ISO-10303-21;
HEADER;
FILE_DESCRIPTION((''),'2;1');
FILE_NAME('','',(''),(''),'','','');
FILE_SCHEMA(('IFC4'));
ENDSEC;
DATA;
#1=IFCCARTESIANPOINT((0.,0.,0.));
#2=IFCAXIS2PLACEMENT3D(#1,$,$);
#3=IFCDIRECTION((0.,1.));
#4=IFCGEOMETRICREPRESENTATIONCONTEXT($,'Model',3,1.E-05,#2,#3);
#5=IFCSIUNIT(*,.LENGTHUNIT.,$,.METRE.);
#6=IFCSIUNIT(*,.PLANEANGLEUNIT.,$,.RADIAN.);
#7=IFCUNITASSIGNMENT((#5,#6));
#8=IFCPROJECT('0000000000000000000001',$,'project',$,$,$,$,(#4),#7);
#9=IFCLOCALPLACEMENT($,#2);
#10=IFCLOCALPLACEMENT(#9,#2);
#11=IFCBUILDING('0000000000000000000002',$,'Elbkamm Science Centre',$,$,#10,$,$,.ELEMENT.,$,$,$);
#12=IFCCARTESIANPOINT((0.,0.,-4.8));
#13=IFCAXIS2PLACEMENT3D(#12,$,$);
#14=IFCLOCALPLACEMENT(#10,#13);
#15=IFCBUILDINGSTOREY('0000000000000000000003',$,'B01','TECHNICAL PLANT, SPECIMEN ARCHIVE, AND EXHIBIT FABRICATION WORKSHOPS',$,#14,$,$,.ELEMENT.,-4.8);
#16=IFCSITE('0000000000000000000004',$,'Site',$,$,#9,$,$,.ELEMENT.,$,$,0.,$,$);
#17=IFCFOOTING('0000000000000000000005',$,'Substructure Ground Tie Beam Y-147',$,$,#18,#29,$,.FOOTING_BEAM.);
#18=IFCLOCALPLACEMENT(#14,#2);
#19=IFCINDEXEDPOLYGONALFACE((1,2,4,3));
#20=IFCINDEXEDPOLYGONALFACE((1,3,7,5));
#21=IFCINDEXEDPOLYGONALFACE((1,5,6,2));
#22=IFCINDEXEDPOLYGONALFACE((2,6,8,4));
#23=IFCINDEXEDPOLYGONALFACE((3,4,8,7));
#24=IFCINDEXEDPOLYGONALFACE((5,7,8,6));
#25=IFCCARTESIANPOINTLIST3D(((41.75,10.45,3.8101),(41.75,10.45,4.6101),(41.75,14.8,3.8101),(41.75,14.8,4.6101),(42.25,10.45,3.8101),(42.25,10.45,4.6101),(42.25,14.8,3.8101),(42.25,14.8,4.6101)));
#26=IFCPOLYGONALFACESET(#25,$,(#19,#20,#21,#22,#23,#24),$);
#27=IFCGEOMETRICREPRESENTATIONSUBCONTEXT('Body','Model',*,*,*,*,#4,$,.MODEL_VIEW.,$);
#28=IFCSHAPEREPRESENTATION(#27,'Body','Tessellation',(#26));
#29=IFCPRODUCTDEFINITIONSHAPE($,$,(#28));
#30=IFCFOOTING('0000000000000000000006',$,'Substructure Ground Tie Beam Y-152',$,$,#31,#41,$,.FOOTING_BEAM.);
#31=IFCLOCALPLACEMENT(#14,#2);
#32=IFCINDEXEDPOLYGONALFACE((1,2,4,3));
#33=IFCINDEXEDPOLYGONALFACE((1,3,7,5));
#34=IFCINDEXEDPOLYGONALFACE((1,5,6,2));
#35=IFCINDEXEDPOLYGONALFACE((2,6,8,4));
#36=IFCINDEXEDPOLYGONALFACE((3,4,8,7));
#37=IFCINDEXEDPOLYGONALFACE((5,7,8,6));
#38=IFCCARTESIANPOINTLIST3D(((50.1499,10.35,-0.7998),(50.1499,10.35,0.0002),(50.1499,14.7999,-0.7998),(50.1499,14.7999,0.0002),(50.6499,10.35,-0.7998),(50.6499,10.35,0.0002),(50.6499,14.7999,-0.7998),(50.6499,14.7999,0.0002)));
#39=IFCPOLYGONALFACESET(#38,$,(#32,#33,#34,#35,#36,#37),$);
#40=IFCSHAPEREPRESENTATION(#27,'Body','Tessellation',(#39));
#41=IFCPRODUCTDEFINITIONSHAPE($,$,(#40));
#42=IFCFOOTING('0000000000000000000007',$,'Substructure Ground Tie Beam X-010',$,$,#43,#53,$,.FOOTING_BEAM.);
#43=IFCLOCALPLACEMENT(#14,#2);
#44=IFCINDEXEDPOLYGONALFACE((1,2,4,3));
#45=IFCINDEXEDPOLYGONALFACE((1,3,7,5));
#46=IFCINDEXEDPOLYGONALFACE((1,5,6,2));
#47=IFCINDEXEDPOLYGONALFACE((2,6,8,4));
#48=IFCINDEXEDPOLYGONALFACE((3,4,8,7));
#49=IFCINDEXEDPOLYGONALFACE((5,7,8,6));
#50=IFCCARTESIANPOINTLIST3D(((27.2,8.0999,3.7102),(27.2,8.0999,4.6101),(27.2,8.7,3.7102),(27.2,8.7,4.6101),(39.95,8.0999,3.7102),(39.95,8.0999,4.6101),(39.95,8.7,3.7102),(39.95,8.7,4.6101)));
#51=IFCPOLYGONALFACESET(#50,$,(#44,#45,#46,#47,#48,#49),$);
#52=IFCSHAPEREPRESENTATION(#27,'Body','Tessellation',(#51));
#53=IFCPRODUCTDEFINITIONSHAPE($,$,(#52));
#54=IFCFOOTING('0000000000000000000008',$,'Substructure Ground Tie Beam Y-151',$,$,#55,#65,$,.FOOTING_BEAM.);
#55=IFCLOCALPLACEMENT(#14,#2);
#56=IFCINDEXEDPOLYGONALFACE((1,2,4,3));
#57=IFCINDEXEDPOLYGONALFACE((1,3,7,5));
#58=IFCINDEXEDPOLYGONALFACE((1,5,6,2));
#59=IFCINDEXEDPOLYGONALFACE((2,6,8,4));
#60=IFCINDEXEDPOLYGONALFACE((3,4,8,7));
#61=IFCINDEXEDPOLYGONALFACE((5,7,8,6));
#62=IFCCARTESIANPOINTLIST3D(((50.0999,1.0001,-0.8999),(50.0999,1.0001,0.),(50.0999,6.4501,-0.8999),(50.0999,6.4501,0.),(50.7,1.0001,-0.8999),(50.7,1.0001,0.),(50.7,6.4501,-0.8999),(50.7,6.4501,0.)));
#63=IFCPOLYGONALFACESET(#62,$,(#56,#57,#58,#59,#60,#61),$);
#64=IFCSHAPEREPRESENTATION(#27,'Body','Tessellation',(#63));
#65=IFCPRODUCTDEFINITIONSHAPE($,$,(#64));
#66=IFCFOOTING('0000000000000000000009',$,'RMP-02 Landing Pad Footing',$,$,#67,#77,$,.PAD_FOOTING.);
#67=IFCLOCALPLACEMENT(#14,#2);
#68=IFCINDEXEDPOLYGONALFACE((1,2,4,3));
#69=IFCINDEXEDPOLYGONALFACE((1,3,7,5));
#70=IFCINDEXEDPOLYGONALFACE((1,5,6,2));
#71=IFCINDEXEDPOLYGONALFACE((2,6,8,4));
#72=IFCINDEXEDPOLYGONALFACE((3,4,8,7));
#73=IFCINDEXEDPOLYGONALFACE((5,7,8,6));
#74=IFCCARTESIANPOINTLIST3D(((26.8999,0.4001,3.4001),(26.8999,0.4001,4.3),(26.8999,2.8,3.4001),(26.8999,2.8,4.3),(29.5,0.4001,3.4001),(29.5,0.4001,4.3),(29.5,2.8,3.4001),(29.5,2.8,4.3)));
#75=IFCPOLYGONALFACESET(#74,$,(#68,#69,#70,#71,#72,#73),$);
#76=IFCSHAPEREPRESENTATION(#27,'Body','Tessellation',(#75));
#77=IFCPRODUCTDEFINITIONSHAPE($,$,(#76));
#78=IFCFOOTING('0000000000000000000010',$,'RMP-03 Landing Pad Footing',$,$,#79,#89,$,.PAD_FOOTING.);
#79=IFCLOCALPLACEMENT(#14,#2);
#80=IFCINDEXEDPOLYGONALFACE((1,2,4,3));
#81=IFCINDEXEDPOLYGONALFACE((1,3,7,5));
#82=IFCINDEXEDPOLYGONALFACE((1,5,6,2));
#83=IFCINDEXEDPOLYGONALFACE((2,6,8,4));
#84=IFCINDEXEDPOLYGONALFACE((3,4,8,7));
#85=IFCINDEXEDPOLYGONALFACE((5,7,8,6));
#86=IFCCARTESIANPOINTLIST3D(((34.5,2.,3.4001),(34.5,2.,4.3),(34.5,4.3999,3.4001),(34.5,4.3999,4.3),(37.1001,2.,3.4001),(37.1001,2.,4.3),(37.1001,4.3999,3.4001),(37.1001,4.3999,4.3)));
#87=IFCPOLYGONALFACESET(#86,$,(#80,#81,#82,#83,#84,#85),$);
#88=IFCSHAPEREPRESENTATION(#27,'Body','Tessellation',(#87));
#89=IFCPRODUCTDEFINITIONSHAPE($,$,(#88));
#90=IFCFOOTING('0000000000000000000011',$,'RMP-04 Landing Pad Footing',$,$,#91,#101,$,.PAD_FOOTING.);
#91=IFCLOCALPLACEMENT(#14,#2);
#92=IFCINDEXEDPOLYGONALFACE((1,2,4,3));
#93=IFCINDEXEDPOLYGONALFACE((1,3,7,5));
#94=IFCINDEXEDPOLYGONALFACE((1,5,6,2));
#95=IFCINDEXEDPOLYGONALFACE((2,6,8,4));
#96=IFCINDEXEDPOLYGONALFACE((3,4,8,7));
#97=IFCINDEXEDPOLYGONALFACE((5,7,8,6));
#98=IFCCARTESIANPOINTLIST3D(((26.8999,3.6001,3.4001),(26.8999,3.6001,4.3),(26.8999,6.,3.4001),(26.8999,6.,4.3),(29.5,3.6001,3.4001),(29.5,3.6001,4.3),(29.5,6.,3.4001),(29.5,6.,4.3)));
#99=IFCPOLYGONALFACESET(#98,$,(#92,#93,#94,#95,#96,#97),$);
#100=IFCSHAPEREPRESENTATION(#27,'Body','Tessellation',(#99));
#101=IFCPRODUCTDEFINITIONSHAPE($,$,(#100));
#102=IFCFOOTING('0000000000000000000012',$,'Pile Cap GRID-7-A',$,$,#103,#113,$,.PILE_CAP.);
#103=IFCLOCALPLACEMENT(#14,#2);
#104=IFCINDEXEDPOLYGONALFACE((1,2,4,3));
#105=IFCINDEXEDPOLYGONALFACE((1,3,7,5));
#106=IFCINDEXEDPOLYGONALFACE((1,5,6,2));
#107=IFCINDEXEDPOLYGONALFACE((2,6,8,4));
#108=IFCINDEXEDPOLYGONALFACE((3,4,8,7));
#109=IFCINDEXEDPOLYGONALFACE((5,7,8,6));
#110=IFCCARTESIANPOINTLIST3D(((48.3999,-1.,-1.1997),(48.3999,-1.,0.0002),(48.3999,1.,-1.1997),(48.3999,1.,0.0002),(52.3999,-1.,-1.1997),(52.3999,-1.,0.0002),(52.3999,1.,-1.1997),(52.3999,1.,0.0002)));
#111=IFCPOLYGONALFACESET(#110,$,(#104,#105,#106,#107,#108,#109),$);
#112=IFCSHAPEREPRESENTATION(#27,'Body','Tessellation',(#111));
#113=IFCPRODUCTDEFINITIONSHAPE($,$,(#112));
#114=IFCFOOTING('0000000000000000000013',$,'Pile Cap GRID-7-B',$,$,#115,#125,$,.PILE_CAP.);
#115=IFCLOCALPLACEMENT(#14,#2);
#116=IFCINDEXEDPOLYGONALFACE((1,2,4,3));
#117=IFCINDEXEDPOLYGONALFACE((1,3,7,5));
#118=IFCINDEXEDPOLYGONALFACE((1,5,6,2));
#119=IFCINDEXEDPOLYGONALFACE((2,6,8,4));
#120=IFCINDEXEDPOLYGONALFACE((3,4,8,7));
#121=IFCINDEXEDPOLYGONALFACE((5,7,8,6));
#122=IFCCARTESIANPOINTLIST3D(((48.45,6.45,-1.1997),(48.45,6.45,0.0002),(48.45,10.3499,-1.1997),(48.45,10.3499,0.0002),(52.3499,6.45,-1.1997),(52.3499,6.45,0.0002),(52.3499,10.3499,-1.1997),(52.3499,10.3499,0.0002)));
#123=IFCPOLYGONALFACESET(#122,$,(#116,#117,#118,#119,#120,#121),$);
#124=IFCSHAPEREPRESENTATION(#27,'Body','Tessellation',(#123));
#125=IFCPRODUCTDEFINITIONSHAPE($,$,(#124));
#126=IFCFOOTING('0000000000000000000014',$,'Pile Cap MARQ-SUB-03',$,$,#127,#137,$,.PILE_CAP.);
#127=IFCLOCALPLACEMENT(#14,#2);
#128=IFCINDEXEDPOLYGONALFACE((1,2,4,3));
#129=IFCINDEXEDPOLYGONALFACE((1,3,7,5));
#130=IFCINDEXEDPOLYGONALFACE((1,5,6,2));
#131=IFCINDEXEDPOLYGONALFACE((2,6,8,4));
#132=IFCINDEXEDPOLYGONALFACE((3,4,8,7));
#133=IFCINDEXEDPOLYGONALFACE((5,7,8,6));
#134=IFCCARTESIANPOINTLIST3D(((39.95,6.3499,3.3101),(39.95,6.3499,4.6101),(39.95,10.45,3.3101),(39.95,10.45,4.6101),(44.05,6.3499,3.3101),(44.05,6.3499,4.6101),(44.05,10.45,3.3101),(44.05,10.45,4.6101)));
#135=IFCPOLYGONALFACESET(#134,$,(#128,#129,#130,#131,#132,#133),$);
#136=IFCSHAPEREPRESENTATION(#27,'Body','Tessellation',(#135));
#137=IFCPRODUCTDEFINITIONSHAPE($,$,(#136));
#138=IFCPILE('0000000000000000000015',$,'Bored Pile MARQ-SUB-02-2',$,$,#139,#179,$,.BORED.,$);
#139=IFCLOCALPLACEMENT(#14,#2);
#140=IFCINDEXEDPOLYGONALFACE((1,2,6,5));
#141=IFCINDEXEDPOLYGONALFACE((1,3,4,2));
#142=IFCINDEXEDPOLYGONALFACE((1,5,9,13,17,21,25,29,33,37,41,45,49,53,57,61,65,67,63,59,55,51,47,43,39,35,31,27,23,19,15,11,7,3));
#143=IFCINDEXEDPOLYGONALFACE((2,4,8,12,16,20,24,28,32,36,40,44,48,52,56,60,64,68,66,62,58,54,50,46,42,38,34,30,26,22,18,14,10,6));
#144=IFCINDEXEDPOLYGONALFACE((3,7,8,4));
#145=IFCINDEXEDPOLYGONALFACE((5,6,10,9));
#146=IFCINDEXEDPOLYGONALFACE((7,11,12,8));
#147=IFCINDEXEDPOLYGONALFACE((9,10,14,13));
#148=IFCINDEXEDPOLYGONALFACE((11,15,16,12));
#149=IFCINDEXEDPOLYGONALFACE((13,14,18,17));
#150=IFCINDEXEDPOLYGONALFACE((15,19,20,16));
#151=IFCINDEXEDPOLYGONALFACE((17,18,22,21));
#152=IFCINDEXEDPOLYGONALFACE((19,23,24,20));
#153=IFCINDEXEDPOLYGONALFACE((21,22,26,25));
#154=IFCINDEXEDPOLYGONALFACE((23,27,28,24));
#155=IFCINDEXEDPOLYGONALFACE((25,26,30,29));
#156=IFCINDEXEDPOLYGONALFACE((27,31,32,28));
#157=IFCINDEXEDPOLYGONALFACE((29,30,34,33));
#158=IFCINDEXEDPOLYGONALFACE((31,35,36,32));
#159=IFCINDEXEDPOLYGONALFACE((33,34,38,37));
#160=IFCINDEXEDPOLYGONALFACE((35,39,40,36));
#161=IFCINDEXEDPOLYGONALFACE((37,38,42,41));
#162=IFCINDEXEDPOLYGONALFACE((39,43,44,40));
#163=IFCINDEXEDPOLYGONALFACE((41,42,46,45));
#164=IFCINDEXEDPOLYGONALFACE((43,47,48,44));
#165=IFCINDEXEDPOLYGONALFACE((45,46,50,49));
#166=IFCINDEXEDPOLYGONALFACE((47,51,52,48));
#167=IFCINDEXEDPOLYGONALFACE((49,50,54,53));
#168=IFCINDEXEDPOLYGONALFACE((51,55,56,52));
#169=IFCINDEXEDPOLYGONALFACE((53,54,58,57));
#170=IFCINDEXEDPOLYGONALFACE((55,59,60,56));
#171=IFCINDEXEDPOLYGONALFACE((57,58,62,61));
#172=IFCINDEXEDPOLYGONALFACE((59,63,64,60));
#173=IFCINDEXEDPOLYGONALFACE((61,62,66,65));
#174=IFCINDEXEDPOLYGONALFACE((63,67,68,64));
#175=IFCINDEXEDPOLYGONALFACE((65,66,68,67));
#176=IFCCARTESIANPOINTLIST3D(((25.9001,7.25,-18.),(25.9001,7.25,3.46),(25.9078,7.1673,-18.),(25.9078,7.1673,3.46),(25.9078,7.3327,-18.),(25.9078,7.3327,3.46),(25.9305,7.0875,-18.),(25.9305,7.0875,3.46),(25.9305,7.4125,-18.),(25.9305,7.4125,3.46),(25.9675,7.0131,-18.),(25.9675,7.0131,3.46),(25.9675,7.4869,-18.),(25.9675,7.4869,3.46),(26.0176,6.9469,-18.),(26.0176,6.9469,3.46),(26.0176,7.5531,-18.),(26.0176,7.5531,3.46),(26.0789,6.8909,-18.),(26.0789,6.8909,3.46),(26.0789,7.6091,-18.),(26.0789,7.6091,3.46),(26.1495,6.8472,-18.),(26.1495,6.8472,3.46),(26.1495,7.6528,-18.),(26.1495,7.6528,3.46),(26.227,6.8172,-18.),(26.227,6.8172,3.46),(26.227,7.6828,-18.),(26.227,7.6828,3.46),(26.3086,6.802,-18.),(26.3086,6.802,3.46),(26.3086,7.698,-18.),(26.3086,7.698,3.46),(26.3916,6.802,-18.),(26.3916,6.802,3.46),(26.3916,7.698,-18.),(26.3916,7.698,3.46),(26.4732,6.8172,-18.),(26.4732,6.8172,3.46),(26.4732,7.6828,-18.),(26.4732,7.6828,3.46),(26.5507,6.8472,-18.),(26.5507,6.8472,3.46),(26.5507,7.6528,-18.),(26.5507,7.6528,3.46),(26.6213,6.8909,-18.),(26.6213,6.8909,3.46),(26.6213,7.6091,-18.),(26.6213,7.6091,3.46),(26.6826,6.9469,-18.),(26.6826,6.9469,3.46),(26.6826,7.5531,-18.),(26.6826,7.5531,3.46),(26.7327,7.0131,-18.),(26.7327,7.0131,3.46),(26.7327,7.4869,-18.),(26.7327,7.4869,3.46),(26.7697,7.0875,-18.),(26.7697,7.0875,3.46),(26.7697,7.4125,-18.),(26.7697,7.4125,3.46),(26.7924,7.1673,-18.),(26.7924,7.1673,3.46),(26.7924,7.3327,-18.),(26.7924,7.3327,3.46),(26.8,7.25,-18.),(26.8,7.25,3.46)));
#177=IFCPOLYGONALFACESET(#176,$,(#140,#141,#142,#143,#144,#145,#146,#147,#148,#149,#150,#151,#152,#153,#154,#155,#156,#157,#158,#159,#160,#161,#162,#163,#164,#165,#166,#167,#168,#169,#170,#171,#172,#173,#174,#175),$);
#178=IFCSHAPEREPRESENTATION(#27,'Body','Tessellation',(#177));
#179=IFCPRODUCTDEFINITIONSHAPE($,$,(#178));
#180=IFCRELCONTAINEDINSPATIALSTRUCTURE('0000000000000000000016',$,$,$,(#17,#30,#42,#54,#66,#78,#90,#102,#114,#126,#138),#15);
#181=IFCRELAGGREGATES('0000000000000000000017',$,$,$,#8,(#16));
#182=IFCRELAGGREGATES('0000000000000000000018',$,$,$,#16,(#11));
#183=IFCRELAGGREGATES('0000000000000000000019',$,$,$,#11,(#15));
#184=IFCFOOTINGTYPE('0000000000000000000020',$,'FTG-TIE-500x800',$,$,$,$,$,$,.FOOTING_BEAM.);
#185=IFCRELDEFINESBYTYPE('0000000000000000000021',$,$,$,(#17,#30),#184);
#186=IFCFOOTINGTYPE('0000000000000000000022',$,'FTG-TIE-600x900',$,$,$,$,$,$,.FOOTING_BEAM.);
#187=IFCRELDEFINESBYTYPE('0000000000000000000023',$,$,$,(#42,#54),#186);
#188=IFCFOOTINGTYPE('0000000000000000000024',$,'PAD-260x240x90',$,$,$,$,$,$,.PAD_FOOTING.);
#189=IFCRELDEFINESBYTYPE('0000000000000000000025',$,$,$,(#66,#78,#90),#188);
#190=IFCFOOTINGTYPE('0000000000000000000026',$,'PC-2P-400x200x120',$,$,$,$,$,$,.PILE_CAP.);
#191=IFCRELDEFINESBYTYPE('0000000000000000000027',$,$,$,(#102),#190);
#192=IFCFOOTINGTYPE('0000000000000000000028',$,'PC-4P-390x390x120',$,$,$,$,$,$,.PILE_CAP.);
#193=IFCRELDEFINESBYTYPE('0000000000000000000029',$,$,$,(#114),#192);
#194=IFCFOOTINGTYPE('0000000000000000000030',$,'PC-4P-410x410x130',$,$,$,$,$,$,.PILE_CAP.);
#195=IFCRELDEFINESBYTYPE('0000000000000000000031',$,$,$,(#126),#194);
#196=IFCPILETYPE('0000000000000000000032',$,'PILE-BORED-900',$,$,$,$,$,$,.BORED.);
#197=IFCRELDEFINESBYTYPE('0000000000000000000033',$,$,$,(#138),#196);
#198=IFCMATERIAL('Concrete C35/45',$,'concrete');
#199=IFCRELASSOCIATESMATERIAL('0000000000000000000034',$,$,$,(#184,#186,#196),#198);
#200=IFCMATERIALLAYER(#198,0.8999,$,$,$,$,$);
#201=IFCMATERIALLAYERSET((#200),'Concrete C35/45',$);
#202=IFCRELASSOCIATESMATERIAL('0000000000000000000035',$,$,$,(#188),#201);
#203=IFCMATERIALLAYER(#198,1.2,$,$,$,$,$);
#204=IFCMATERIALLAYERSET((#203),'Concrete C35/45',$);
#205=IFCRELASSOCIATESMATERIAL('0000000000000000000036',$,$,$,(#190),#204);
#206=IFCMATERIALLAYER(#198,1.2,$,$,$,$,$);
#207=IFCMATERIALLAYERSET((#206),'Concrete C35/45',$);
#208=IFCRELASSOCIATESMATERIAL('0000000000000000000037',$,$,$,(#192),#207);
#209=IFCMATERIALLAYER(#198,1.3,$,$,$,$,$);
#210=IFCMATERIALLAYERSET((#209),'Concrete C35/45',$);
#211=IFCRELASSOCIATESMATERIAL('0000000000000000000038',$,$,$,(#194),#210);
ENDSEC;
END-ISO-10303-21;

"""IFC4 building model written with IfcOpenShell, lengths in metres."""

from ifc_helpers import new_model, si_unit, direction, frame, origin, origin_2d, place, context, subcontext, project, spatial, rectangle, circle, extrude, material, layer, layer_set, material_profile, profile_set, type_object, element, save


model = new_model("IFC4")

# Units and contexts
model_context = context("Model", 3, precision=1e-05, world=origin(), true_north=direction((0.0, 1.0)))
body_context = subcontext(model_context, "Body", "Model", "MODEL_VIEW")
ifc_project = project(units=[si_unit("LENGTHUNIT", "METRE"), si_unit("PLANEANGLEUNIT", "RADIAN")], contexts=[model_context])

# Site, building, storey
site_placement = place(None, origin())
site = spatial("IfcSite", under=ifc_project, at=site_placement, Name="Site", CompositionType="ELEMENT", RefElevation=0.0)
building_placement = place(site_placement, origin())
building = spatial("IfcBuilding", under=site, at=building_placement, Name="Elbkamm Science Centre", CompositionType="ELEMENT")
storey_placement = place(building_placement, frame((0.0, 0.0, -4.8)))
storey = spatial("IfcBuildingStorey", under=building, at=storey_placement, Name="B01", Description="TECHNICAL PLANT, SPECIMEN ARCHIVE, AND EXHIBIT FABRICATION WORKSHOPS", CompositionType="ELEMENT", Elevation=-4.8)

# Footings
ifc_material_1 = material(Name="Concrete C35/45", Category="concrete")
footing_type_1 = type_object("IfcFootingType", Name="FTG-TIE-500x800", PredefinedType="FOOTING_BEAM", material=ifc_material_1)
footing_1_placement = place(storey_placement, frame((42.0, 12.625, 3.8101), z_axis=(0.0, 0.0, 1.0), x_axis=(1.0, 0.0, 0.0)))
element("IfcFooting", 1, at=footing_1_placement, inside=storey, type_object=footing_type_1, Name="Substructure Ground Tie Beam Y-147", PredefinedType="FOOTING_BEAM", context=body_context, shape_type="SweptSolid", body=[
    extrude(rectangle(XDim=0.5, YDim=4.3501, at=origin_2d()), origin(), (0.0, 0.0, 1.0), 0.8),
])
footing_2_placement = place(storey_placement, frame((50.3999, 12.575, -0.7998), z_axis=(0.0, 0.0, 1.0), x_axis=(1.0, 0.0, 0.0)))
element("IfcFooting", 2, at=footing_2_placement, inside=storey, type_object=footing_type_1, Name="Substructure Ground Tie Beam Y-152", PredefinedType="FOOTING_BEAM", context=body_context, shape_type="SweptSolid", body=[
    extrude(rectangle(XDim=0.5, YDim=4.45, at=origin_2d()), origin(), (0.0, 0.0, 1.0), 0.8),
])
footing_type_2 = type_object("IfcFootingType", Name="FTG-TIE-600x900", PredefinedType="FOOTING_BEAM", material=ifc_material_1)
footing_3_placement = place(storey_placement, frame((33.575, 8.3999, 3.7102), z_axis=(0.0, 0.0, 1.0), x_axis=(1.0, 0.0, 0.0)))
element("IfcFooting", 3, at=footing_3_placement, inside=storey, type_object=footing_type_2, Name="Substructure Ground Tie Beam X-010", PredefinedType="FOOTING_BEAM", context=body_context, shape_type="SweptSolid", body=[
    extrude(rectangle(XDim=12.75, YDim=0.6001, at=origin_2d()), origin(), (0.0, 0.0, 1.0), 0.8999),
])
footing_4_placement = place(storey_placement, frame((50.3999, 3.7251, -0.8999), z_axis=(0.0, 0.0, 1.0), x_axis=(1.0, 0.0, 0.0)))
element("IfcFooting", 4, at=footing_4_placement, inside=storey, type_object=footing_type_2, Name="Substructure Ground Tie Beam Y-151", PredefinedType="FOOTING_BEAM", context=body_context, shape_type="SweptSolid", body=[
    extrude(rectangle(XDim=0.6001, YDim=5.45, at=origin_2d()), origin(), (0.0, 0.0, 1.0), 0.8999),
])
ifc_layer_1 = layer(ifc_material_1, 0.8999)
ifc_layer_set_1 = layer_set([ifc_layer_1], Name="Concrete C35/45")
footing_type_3 = type_object("IfcFootingType", Name="PAD-260x240x90", PredefinedType="PAD_FOOTING", material=ifc_layer_set_1)
for number, where, z_axis, x_axis, name in (
    (5, (28.2, 1.6001, 3.4001), (0.0, 0.0, 1.0), (1.0, 0.0, 0.0), "RMP-02 Landing Pad Footing"),
    (6, (35.8, 3.2, 3.4001), (0.0, 0.0, 1.0), (1.0, 0.0, 0.0), "RMP-03 Landing Pad Footing"),
    (7, (28.2, 4.8, 3.4001), (0.0, 0.0, 1.0), (1.0, 0.0, 0.0), "RMP-04 Landing Pad Footing"),
):
    element("IfcFooting", number, at=place(storey_placement, frame(where, z_axis=z_axis, x_axis=x_axis)), inside=storey, type_object=footing_type_3, Name=name, PredefinedType="PAD_FOOTING", context=body_context, shape_type="SweptSolid", body=[
        extrude(rectangle(XDim=2.6001, YDim=2.3999, at=origin_2d()), origin(), (0.0, 0.0, 1.0), 0.8999),
    ])
ifc_layer_2 = layer(ifc_material_1, 1.2)
ifc_layer_set_2 = layer_set([ifc_layer_2], Name="Concrete C35/45")
footing_type_4 = type_object("IfcFootingType", Name="PC-2P-400x200x120", PredefinedType="PILE_CAP", material=ifc_layer_set_2)
footing_5_placement = place(storey_placement, frame((50.3999, 0.0, -1.1997), z_axis=(0.0, 0.0, 1.0), x_axis=(1.0, 0.0, 0.0)))
element("IfcFooting", 8, at=footing_5_placement, inside=storey, type_object=footing_type_4, Name="Pile Cap GRID-7-A", PredefinedType="PILE_CAP", context=body_context, shape_type="SweptSolid", body=[
    extrude(rectangle(XDim=4.0, YDim=2.0, at=origin_2d()), origin(), (0.0, 0.0, 1.0), 1.2),
])
ifc_layer_3 = layer(ifc_material_1, 1.2)
ifc_layer_set_3 = layer_set([ifc_layer_3], Name="Concrete C35/45")
footing_type_5 = type_object("IfcFootingType", Name="PC-4P-390x390x120", PredefinedType="PILE_CAP", material=ifc_layer_set_3)
footing_6_placement = place(storey_placement, frame((50.3999, 8.3999, -1.1997), z_axis=(0.0, 0.0, 1.0), x_axis=(1.0, 0.0, 0.0)))
element("IfcFooting", 9, at=footing_6_placement, inside=storey, type_object=footing_type_5, Name="Pile Cap GRID-7-B", PredefinedType="PILE_CAP", context=body_context, shape_type="SweptSolid", body=[
    extrude(rectangle(XDim=3.8999, YDim=3.8999, at=origin_2d()), origin(), (0.0, 0.0, 1.0), 1.2),
])
ifc_layer_4 = layer(ifc_material_1, 1.3)
ifc_layer_set_4 = layer_set([ifc_layer_4], Name="Concrete C35/45")
footing_type_6 = type_object("IfcFootingType", Name="PC-4P-410x410x130", PredefinedType="PILE_CAP", material=ifc_layer_set_4)
footing_7_placement = place(storey_placement, frame((42.0, 8.3999, 3.3101), z_axis=(0.0, 0.0, 1.0), x_axis=(1.0, 0.0, 0.0)))
element("IfcFooting", 10, at=footing_7_placement, inside=storey, type_object=footing_type_6, Name="Pile Cap MARQ-SUB-03", PredefinedType="PILE_CAP", context=body_context, shape_type="SweptSolid", body=[
    extrude(rectangle(XDim=4.1001, YDim=4.1001, at=origin_2d()), origin(), (0.0, 0.0, 1.0), 1.3),
])

# Pile
ifc_material_profile_1 = material_profile(ifc_material_1, circle(Radius=0.45, at=origin_2d()), Name="PILE D900")
ifc_profile_set_1 = profile_set([ifc_material_profile_1], Name="Concrete C35/45")
pile_type = type_object("IfcPileType", Name="PILE-BORED-900", PredefinedType="BORED", material=ifc_profile_set_1)
for number, where, z_axis, x_axis, name in (
    (11, (26.3501, 7.25, 3.46), (0.0, 0.0, -1.0), (1.0, 0.0, 0.0), "Bored Pile MARQ-SUB-02-2"),
):
    element("IfcPile", number, at=place(storey_placement, frame(where, z_axis=z_axis, x_axis=x_axis)), inside=storey, type_object=pile_type, Name=name, PredefinedType="BORED", context=body_context, shape_type="SweptSolid", body=[
        extrude(circle(Radius=0.45, at=origin_2d()), origin(), (0.0, 0.0, 1.0), 21.46),
    ])

save(model, "model.ifc")
